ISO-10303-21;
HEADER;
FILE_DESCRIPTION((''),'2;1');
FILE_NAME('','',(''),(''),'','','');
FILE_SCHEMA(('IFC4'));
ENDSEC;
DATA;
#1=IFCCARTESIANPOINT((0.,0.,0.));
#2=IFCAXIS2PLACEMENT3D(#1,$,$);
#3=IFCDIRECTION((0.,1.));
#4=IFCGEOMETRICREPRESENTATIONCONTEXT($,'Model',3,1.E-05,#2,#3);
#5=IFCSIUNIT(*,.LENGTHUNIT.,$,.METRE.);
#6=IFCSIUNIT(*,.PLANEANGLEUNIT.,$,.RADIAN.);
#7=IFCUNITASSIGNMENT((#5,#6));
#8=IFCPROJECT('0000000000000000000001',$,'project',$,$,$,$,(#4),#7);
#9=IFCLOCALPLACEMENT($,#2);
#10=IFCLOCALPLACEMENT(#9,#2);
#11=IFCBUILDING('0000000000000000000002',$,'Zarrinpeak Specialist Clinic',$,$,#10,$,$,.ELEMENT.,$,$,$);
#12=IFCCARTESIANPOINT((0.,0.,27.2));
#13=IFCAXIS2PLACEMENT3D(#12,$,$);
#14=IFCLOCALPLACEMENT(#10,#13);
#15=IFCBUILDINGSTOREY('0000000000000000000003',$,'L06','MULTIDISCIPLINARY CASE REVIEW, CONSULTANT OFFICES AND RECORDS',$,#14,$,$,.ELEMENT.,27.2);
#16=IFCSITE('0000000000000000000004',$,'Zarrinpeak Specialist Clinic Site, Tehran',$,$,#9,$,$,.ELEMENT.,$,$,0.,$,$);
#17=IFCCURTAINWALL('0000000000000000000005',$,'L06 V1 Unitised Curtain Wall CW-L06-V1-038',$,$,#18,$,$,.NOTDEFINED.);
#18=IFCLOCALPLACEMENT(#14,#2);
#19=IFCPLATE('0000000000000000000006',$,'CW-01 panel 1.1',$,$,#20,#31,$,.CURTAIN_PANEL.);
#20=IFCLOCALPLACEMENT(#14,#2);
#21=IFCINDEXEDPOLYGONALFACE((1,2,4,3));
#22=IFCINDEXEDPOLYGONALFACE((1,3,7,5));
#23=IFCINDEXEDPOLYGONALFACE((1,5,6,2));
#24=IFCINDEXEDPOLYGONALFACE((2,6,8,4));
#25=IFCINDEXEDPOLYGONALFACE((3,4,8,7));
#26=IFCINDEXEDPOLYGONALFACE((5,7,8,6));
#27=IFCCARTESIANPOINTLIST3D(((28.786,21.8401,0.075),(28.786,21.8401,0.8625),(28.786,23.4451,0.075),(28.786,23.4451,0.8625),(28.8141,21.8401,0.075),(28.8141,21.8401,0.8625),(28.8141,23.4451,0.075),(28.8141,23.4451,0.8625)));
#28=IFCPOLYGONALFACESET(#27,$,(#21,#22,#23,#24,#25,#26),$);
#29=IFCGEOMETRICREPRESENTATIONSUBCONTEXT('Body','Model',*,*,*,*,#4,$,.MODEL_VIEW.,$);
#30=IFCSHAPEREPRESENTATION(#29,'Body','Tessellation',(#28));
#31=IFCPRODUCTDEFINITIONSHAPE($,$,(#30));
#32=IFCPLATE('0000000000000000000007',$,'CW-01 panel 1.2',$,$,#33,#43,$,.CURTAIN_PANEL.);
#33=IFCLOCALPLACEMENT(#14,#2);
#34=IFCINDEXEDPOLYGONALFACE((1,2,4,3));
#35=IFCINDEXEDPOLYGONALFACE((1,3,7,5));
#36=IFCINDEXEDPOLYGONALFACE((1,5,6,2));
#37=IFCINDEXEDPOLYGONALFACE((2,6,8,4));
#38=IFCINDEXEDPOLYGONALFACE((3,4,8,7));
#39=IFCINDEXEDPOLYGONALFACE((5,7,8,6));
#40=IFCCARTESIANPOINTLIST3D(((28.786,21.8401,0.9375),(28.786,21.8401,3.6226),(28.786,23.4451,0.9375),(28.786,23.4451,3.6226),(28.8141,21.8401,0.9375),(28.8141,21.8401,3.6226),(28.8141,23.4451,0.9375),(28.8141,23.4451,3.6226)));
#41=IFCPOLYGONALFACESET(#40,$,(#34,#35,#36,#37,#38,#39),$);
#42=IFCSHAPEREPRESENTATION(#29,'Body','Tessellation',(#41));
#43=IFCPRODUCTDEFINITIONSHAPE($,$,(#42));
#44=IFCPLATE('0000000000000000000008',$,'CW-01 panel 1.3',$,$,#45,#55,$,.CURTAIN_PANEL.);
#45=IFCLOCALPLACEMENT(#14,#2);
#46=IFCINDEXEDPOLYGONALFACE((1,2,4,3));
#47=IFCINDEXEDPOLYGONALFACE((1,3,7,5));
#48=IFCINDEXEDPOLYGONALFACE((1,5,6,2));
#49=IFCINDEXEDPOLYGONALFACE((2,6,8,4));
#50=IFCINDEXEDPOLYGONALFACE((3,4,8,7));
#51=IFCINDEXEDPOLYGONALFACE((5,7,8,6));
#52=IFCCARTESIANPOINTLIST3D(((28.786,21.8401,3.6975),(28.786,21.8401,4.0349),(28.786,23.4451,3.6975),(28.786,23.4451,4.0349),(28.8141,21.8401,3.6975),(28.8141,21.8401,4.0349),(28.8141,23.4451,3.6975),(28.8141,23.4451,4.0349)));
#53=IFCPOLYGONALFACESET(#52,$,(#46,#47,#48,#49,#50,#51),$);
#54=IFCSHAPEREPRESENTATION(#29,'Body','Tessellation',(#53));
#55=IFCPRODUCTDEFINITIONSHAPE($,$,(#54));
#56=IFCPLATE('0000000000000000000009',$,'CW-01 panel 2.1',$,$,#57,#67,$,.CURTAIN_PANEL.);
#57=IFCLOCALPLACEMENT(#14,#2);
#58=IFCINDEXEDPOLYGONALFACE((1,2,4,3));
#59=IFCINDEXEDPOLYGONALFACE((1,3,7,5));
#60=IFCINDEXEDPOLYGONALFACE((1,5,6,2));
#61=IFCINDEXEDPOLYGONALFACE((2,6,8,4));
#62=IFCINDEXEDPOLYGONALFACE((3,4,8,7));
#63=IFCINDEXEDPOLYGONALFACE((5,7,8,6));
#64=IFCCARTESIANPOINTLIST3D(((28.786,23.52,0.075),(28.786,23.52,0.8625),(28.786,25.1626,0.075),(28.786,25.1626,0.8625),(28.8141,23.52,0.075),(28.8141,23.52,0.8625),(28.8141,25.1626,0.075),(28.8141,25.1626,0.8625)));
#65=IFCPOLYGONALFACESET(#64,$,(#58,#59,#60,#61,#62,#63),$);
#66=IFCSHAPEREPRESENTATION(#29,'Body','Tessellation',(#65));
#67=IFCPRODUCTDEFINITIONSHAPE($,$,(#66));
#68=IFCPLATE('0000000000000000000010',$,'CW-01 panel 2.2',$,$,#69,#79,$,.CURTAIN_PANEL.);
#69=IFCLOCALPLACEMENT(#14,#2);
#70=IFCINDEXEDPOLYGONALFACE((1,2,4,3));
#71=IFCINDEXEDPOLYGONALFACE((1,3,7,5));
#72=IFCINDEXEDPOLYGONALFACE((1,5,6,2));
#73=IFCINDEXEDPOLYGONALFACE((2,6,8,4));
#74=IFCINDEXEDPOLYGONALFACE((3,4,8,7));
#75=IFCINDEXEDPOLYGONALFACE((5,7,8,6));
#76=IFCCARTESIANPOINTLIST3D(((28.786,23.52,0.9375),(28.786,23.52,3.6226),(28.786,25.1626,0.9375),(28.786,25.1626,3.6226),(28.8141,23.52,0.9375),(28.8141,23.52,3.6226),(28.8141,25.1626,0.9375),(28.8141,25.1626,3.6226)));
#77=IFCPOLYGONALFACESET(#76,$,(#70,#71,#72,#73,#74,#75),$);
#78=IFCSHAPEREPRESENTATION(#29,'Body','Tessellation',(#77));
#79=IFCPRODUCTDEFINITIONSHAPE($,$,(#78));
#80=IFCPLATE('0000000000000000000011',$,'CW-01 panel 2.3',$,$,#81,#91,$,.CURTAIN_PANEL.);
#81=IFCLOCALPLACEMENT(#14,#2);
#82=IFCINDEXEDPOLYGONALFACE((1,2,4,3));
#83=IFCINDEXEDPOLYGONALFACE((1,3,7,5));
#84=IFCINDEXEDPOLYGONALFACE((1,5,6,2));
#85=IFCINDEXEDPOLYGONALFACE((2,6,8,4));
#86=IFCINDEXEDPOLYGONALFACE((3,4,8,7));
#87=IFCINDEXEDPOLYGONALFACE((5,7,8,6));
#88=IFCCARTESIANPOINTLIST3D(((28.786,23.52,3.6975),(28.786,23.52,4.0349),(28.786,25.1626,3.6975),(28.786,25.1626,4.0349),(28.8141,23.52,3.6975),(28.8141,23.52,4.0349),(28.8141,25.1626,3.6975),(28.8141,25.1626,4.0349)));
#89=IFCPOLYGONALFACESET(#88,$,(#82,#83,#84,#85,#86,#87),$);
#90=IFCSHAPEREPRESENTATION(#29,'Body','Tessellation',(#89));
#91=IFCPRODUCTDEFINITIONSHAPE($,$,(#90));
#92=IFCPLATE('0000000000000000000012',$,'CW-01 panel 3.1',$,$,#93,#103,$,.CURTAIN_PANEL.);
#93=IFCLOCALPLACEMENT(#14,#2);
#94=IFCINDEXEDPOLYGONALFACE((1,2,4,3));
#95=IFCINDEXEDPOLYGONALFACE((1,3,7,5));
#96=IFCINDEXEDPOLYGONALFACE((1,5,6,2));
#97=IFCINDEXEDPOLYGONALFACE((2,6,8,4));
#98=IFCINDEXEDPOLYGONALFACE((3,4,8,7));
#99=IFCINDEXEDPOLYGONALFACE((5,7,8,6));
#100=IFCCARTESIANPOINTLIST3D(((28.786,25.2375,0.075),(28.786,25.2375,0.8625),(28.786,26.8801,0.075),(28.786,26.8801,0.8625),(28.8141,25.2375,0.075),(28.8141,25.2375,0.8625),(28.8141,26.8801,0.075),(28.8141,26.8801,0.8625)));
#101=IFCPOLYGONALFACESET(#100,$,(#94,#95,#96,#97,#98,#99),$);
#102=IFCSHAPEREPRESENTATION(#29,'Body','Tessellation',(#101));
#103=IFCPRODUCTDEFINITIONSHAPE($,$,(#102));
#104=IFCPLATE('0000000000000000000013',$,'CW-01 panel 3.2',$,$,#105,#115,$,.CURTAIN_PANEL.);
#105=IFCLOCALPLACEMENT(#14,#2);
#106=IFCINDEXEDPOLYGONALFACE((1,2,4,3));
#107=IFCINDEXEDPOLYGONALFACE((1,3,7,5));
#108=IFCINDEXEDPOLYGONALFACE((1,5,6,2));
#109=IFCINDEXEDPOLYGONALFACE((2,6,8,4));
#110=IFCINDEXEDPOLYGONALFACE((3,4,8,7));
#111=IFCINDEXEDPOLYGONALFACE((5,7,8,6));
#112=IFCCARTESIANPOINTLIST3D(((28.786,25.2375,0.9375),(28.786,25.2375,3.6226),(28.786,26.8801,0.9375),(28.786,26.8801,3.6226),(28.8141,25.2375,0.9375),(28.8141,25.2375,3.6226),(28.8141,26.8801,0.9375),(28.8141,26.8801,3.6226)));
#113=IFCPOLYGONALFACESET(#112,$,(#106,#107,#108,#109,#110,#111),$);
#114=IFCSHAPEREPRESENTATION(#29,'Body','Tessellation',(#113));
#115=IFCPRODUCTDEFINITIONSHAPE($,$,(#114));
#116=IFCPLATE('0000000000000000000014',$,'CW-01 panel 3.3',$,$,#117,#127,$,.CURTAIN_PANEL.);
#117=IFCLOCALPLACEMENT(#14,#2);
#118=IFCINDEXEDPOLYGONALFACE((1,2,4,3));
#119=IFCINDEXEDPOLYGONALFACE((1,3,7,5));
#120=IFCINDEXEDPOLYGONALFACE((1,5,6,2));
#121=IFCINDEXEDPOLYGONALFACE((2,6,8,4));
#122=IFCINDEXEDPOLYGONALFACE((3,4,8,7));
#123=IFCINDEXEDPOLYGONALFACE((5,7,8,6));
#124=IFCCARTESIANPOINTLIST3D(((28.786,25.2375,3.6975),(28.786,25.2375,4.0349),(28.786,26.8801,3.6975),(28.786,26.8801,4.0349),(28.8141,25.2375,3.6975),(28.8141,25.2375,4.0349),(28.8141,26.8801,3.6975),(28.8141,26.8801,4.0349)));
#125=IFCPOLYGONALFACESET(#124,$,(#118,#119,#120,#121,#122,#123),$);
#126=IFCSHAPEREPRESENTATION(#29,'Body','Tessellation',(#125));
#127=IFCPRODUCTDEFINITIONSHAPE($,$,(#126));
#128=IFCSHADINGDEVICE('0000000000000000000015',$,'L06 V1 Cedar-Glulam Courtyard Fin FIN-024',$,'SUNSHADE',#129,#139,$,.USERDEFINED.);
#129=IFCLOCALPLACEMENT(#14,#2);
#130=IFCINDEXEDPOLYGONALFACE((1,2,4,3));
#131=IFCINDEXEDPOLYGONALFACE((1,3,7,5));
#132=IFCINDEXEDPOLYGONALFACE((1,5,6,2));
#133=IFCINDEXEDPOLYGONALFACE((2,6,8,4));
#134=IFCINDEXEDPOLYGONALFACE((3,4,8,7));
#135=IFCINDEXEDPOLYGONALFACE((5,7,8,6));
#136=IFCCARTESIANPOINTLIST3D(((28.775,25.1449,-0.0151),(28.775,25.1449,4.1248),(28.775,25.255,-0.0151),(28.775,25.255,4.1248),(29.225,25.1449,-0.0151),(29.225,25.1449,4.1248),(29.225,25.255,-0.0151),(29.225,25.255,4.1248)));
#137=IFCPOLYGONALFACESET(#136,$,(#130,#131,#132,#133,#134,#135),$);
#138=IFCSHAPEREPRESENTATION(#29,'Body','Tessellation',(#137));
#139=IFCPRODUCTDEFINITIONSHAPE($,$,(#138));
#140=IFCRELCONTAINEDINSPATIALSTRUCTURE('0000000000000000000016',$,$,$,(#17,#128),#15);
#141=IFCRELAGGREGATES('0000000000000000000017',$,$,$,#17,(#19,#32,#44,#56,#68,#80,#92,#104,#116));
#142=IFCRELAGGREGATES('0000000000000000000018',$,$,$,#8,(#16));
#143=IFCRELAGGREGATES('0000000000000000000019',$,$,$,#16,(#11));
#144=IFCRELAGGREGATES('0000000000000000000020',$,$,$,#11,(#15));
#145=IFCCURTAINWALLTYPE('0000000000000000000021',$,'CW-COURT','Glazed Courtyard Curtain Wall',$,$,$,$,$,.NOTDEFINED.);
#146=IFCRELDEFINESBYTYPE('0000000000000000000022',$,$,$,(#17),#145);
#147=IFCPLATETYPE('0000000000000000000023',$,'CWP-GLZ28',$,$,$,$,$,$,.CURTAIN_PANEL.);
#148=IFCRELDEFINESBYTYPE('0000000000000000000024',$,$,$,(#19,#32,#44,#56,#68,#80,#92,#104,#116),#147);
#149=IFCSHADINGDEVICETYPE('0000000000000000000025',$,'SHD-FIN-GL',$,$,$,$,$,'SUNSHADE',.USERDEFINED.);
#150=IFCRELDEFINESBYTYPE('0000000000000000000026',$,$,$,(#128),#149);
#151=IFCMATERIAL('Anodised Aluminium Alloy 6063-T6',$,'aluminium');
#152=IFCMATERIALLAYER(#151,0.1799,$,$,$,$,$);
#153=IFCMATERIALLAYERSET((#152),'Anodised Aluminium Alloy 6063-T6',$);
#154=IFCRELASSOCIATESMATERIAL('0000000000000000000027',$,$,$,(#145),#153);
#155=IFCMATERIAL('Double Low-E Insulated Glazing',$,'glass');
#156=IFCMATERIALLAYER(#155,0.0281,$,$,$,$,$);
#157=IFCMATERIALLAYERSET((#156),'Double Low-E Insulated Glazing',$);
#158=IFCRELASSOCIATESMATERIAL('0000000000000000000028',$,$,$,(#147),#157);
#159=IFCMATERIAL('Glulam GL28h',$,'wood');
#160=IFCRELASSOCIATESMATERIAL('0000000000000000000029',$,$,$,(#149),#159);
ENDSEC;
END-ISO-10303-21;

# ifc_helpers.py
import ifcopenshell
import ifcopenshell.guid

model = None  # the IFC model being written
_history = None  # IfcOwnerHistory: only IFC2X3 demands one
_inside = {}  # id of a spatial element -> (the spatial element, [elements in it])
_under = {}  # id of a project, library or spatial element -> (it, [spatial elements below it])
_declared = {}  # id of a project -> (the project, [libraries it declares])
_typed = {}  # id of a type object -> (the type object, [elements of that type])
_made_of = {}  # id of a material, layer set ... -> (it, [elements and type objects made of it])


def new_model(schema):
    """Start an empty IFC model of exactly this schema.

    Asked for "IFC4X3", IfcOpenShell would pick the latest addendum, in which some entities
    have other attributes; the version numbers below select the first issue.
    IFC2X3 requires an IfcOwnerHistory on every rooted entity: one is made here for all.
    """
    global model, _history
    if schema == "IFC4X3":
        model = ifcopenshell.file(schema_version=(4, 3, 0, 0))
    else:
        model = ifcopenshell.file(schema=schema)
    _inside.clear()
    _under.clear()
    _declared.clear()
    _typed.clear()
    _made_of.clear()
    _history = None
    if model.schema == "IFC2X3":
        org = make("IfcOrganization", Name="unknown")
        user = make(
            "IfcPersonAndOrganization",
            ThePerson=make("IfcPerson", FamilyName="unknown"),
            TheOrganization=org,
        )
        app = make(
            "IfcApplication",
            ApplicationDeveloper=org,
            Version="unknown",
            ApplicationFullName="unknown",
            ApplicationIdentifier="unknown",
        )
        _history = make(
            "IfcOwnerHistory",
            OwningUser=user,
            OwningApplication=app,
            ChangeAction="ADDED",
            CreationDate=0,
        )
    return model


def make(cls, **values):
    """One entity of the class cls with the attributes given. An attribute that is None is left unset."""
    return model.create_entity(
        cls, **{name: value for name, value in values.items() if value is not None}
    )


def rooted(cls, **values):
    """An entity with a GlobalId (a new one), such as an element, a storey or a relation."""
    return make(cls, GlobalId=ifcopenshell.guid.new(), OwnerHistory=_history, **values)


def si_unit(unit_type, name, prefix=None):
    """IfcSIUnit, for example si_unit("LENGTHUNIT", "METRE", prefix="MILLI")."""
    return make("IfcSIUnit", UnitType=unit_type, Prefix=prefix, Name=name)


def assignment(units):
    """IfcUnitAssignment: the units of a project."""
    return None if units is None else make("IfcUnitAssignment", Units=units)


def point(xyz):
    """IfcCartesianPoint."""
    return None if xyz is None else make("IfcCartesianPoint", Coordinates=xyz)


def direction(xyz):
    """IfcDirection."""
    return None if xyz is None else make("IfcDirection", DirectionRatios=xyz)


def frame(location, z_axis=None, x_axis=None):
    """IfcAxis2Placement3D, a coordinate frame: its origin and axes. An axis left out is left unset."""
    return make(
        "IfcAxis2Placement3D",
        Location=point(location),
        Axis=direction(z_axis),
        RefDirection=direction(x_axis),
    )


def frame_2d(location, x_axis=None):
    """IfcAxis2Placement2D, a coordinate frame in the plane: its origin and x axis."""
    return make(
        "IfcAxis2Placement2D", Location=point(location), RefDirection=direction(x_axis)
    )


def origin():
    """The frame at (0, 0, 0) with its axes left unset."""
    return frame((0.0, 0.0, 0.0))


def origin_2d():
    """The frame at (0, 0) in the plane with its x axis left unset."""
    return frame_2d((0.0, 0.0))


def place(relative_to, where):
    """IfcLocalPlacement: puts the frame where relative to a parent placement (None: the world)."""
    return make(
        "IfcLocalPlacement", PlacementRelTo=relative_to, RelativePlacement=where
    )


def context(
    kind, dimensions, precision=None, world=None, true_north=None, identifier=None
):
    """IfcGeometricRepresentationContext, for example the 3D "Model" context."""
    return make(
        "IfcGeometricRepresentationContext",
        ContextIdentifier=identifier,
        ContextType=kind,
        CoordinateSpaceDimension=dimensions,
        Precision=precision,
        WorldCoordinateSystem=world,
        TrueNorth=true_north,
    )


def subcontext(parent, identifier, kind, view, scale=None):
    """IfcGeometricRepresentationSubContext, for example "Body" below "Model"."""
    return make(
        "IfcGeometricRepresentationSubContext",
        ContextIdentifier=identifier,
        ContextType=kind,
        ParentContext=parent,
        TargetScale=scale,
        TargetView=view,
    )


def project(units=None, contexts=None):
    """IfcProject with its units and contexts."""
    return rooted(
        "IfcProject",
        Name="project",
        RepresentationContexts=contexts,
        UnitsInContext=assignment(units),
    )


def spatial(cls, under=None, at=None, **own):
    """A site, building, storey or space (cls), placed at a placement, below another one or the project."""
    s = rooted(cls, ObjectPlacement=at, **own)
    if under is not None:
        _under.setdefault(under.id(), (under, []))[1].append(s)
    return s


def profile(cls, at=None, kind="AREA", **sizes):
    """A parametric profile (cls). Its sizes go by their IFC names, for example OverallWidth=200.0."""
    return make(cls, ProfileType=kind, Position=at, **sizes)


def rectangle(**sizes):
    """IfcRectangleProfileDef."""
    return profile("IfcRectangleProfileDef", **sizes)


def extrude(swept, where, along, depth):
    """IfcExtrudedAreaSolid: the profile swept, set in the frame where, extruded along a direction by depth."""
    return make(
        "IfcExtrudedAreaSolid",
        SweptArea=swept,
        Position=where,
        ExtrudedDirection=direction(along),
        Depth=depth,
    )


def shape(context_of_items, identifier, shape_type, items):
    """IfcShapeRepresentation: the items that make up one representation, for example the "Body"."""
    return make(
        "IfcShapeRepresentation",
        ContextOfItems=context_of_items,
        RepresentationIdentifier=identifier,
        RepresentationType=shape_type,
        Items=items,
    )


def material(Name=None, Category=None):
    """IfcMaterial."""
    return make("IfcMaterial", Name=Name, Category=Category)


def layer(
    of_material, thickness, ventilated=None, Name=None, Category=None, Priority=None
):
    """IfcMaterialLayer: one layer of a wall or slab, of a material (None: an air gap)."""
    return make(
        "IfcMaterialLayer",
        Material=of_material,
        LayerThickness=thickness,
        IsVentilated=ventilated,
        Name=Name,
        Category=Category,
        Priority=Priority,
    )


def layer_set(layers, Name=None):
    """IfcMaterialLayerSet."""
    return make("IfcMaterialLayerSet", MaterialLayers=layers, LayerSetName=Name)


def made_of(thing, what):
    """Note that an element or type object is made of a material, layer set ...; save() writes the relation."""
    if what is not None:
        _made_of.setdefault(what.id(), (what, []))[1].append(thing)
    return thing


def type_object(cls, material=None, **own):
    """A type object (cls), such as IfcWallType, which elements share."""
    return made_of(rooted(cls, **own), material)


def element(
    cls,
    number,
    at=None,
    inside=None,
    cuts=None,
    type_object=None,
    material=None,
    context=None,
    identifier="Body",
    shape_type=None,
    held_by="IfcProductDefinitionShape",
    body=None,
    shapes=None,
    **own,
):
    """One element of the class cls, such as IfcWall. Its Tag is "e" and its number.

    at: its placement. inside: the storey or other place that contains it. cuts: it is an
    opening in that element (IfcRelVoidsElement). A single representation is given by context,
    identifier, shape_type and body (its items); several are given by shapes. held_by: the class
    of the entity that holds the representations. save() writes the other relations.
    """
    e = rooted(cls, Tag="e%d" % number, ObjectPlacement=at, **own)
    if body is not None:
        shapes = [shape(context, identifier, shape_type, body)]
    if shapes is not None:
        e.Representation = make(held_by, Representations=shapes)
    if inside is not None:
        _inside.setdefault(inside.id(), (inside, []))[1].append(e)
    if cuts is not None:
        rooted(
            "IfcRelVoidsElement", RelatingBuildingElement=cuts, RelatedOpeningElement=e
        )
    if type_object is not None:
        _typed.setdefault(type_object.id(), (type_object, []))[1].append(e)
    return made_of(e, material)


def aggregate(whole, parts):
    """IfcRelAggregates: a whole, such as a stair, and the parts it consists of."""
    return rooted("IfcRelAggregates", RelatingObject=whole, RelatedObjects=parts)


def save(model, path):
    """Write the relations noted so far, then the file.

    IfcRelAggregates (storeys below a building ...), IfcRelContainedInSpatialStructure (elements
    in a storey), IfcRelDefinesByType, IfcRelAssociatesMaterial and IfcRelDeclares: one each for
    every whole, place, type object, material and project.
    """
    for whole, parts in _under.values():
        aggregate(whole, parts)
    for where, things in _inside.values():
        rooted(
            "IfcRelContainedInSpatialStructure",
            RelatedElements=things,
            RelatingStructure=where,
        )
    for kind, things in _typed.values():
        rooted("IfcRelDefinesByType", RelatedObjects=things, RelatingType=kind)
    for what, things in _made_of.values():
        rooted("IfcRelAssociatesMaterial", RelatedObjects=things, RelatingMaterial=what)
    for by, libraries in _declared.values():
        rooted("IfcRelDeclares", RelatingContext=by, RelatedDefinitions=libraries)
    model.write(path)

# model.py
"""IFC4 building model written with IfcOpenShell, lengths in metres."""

from ifc_helpers import new_model, si_unit, direction, frame, origin, origin_2d, place, context, subcontext, project, spatial, rectangle, extrude, material, layer, layer_set, type_object, element, aggregate, save


model = new_model("IFC4")

# Units and contexts
model_context = context("Model", 3, precision=1e-05, world=origin(), true_north=direction((0.0, 1.0)))
body_context = subcontext(model_context, "Body", "Model", "MODEL_VIEW")
ifc_project = project(units=[si_unit("LENGTHUNIT", "METRE"), si_unit("PLANEANGLEUNIT", "RADIAN")], contexts=[model_context])

# Site, building, storey
site_placement = place(None, origin())
site = spatial("IfcSite", under=ifc_project, at=site_placement, Name="Zarrinpeak Specialist Clinic Site, Tehran", CompositionType="ELEMENT", RefElevation=0.0)
building_placement = place(site_placement, origin())
building = spatial("IfcBuilding", under=site, at=building_placement, Name="Zarrinpeak Specialist Clinic", CompositionType="ELEMENT")
storey_placement = place(building_placement, frame((0.0, 0.0, 27.2)))
storey = spatial("IfcBuildingStorey", under=building, at=storey_placement, Name="L06", Description="MULTIDISCIPLINARY CASE REVIEW, CONSULTANT OFFICES AND RECORDS", CompositionType="ELEMENT", Elevation=27.2)

# Curtain wall, plates
ifc_material_1 = material(Name="Anodised Aluminium Alloy 6063-T6", Category="aluminium")
ifc_layer_1 = layer(ifc_material_1, 0.1799)
ifc_layer_set_1 = layer_set([ifc_layer_1], Name="Anodised Aluminium Alloy 6063-T6")
curtain_wall_type = type_object("IfcCurtainWallType", Name="CW-COURT", Description="Glazed Courtyard Curtain Wall", PredefinedType="NOTDEFINED", material=ifc_layer_set_1)
curtain_wall_placement = place(storey_placement, origin())
curtain_wall = element("IfcCurtainWall", 1, at=curtain_wall_placement, inside=storey, type_object=curtain_wall_type, Name="L06 V1 Unitised Curtain Wall CW-L06-V1-038", PredefinedType="NOTDEFINED")
ifc_material_2 = material(Name="Double Low-E Insulated Glazing", Category="glass")
ifc_layer_2 = layer(ifc_material_2, 0.0281)
ifc_layer_set_2 = layer_set([ifc_layer_2], Name="Double Low-E Insulated Glazing")
plate_type = type_object("IfcPlateType", Name="CWP-GLZ28", PredefinedType="CURTAIN_PANEL", material=ifc_layer_set_2)
plate_1_placement = place(storey_placement, frame((28.8, 22.6426, 0.075), z_axis=(0.0, 0.0, 1.0), x_axis=(0.0, 1.0, 0.0)))
plate_1 = element("IfcPlate", 2, at=plate_1_placement, type_object=plate_type, Name="CW-01 panel 1.1", PredefinedType="CURTAIN_PANEL", context=body_context, shape_type="SweptSolid", body=[
    extrude(rectangle(XDim=1.605, YDim=0.0281, at=origin_2d()), origin(), (0.0, 0.0, 1.0), 0.7876),
])
plate_2_placement = place(storey_placement, frame((28.8, 22.6426, 0.9375), z_axis=(0.0, 0.0, 1.0), x_axis=(0.0, 1.0, 0.0)))
plate_2 = element("IfcPlate", 3, at=plate_2_placement, type_object=plate_type, Name="CW-01 panel 1.2", PredefinedType="CURTAIN_PANEL", context=body_context, shape_type="SweptSolid", body=[
    extrude(rectangle(XDim=1.605, YDim=0.0281, at=origin_2d()), origin(), (0.0, 0.0, 1.0), 2.6851),
])
plate_3_placement = place(storey_placement, frame((28.8, 22.6426, 3.6975), z_axis=(0.0, 0.0, 1.0), x_axis=(0.0, 1.0, 0.0)))
plate_3 = element("IfcPlate", 4, at=plate_3_placement, type_object=plate_type, Name="CW-01 panel 1.3", PredefinedType="CURTAIN_PANEL", context=body_context, shape_type="SweptSolid", body=[
    extrude(rectangle(XDim=1.605, YDim=0.0281, at=origin_2d()), origin(), (0.0, 0.0, 1.0), 0.3374),
])
plate_4_placement = place(storey_placement, frame((28.8, 24.3413, 0.075), z_axis=(0.0, 0.0, 1.0), x_axis=(0.0, 1.0, 0.0)))
plate_4 = element("IfcPlate", 5, at=plate_4_placement, type_object=plate_type, Name="CW-01 panel 2.1", PredefinedType="CURTAIN_PANEL", context=body_context, shape_type="SweptSolid", body=[
    extrude(rectangle(XDim=1.6426, YDim=0.0281, at=origin_2d()), origin(), (0.0, 0.0, 1.0), 0.7876),
])
plate_5_placement = place(storey_placement, frame((28.8, 24.3413, 0.9375), z_axis=(0.0, 0.0, 1.0), x_axis=(0.0, 1.0, 0.0)))
plate_5 = element("IfcPlate", 6, at=plate_5_placement, type_object=plate_type, Name="CW-01 panel 2.2", PredefinedType="CURTAIN_PANEL", context=body_context, shape_type="SweptSolid", body=[
    extrude(rectangle(XDim=1.6426, YDim=0.0281, at=origin_2d()), origin(), (0.0, 0.0, 1.0), 2.6851),
])
plate_6_placement = place(storey_placement, frame((28.8, 24.3413, 3.6975), z_axis=(0.0, 0.0, 1.0), x_axis=(0.0, 1.0, 0.0)))
plate_6 = element("IfcPlate", 7, at=plate_6_placement, type_object=plate_type, Name="CW-01 panel 2.3", PredefinedType="CURTAIN_PANEL", context=body_context, shape_type="SweptSolid", body=[
    extrude(rectangle(XDim=1.6426, YDim=0.0281, at=origin_2d()), origin(), (0.0, 0.0, 1.0), 0.3374),
])
plate_7_placement = place(storey_placement, frame((28.8, 26.0588, 0.075), z_axis=(0.0, 0.0, 1.0), x_axis=(0.0, 1.0, 0.0)))
plate_7 = element("IfcPlate", 8, at=plate_7_placement, type_object=plate_type, Name="CW-01 panel 3.1", PredefinedType="CURTAIN_PANEL", context=body_context, shape_type="SweptSolid", body=[
    extrude(rectangle(XDim=1.6426, YDim=0.0281, at=origin_2d()), origin(), (0.0, 0.0, 1.0), 0.7876),
])
plate_8_placement = place(storey_placement, frame((28.8, 26.0588, 0.9375), z_axis=(0.0, 0.0, 1.0), x_axis=(0.0, 1.0, 0.0)))
plate_8 = element("IfcPlate", 9, at=plate_8_placement, type_object=plate_type, Name="CW-01 panel 3.2", PredefinedType="CURTAIN_PANEL", context=body_context, shape_type="SweptSolid", body=[
    extrude(rectangle(XDim=1.6426, YDim=0.0281, at=origin_2d()), origin(), (0.0, 0.0, 1.0), 2.6851),
])
plate_9_placement = place(storey_placement, frame((28.8, 26.0588, 3.6975), z_axis=(0.0, 0.0, 1.0), x_axis=(0.0, 1.0, 0.0)))
plate_9 = element("IfcPlate", 10, at=plate_9_placement, type_object=plate_type, Name="CW-01 panel 3.3", PredefinedType="CURTAIN_PANEL", context=body_context, shape_type="SweptSolid", body=[
    extrude(rectangle(XDim=1.6426, YDim=0.0281, at=origin_2d()), origin(), (0.0, 0.0, 1.0), 0.3374),
])
aggregate(curtain_wall, [plate_1, plate_2, plate_3, plate_4, plate_5, plate_6, plate_7, plate_8, plate_9])

# Shading device
ifc_material_3 = material(Name="Glulam GL28h", Category="wood")
shading_device_type = type_object("IfcShadingDeviceType", Name="SHD-FIN-GL", ElementType="SUNSHADE", PredefinedType="USERDEFINED", material=ifc_material_3)
shading_device_placement = place(storey_placement, frame((29.0, 25.2, -0.0151), z_axis=(0.0, 0.0, 1.0), x_axis=(1.0, 0.0, 0.0)))
element("IfcShadingDevice", 11, at=shading_device_placement, inside=storey, type_object=shading_device_type, Name="L06 V1 Cedar-Glulam Courtyard Fin FIN-024", ObjectType="SUNSHADE", PredefinedType="USERDEFINED", context=body_context, shape_type="SweptSolid", body=[
    extrude(rectangle(XDim=0.45, YDim=0.1101, at=origin_2d()), origin(), (0.0, 0.0, 1.0), 4.1399),
])

save(model, "model.ifc")
